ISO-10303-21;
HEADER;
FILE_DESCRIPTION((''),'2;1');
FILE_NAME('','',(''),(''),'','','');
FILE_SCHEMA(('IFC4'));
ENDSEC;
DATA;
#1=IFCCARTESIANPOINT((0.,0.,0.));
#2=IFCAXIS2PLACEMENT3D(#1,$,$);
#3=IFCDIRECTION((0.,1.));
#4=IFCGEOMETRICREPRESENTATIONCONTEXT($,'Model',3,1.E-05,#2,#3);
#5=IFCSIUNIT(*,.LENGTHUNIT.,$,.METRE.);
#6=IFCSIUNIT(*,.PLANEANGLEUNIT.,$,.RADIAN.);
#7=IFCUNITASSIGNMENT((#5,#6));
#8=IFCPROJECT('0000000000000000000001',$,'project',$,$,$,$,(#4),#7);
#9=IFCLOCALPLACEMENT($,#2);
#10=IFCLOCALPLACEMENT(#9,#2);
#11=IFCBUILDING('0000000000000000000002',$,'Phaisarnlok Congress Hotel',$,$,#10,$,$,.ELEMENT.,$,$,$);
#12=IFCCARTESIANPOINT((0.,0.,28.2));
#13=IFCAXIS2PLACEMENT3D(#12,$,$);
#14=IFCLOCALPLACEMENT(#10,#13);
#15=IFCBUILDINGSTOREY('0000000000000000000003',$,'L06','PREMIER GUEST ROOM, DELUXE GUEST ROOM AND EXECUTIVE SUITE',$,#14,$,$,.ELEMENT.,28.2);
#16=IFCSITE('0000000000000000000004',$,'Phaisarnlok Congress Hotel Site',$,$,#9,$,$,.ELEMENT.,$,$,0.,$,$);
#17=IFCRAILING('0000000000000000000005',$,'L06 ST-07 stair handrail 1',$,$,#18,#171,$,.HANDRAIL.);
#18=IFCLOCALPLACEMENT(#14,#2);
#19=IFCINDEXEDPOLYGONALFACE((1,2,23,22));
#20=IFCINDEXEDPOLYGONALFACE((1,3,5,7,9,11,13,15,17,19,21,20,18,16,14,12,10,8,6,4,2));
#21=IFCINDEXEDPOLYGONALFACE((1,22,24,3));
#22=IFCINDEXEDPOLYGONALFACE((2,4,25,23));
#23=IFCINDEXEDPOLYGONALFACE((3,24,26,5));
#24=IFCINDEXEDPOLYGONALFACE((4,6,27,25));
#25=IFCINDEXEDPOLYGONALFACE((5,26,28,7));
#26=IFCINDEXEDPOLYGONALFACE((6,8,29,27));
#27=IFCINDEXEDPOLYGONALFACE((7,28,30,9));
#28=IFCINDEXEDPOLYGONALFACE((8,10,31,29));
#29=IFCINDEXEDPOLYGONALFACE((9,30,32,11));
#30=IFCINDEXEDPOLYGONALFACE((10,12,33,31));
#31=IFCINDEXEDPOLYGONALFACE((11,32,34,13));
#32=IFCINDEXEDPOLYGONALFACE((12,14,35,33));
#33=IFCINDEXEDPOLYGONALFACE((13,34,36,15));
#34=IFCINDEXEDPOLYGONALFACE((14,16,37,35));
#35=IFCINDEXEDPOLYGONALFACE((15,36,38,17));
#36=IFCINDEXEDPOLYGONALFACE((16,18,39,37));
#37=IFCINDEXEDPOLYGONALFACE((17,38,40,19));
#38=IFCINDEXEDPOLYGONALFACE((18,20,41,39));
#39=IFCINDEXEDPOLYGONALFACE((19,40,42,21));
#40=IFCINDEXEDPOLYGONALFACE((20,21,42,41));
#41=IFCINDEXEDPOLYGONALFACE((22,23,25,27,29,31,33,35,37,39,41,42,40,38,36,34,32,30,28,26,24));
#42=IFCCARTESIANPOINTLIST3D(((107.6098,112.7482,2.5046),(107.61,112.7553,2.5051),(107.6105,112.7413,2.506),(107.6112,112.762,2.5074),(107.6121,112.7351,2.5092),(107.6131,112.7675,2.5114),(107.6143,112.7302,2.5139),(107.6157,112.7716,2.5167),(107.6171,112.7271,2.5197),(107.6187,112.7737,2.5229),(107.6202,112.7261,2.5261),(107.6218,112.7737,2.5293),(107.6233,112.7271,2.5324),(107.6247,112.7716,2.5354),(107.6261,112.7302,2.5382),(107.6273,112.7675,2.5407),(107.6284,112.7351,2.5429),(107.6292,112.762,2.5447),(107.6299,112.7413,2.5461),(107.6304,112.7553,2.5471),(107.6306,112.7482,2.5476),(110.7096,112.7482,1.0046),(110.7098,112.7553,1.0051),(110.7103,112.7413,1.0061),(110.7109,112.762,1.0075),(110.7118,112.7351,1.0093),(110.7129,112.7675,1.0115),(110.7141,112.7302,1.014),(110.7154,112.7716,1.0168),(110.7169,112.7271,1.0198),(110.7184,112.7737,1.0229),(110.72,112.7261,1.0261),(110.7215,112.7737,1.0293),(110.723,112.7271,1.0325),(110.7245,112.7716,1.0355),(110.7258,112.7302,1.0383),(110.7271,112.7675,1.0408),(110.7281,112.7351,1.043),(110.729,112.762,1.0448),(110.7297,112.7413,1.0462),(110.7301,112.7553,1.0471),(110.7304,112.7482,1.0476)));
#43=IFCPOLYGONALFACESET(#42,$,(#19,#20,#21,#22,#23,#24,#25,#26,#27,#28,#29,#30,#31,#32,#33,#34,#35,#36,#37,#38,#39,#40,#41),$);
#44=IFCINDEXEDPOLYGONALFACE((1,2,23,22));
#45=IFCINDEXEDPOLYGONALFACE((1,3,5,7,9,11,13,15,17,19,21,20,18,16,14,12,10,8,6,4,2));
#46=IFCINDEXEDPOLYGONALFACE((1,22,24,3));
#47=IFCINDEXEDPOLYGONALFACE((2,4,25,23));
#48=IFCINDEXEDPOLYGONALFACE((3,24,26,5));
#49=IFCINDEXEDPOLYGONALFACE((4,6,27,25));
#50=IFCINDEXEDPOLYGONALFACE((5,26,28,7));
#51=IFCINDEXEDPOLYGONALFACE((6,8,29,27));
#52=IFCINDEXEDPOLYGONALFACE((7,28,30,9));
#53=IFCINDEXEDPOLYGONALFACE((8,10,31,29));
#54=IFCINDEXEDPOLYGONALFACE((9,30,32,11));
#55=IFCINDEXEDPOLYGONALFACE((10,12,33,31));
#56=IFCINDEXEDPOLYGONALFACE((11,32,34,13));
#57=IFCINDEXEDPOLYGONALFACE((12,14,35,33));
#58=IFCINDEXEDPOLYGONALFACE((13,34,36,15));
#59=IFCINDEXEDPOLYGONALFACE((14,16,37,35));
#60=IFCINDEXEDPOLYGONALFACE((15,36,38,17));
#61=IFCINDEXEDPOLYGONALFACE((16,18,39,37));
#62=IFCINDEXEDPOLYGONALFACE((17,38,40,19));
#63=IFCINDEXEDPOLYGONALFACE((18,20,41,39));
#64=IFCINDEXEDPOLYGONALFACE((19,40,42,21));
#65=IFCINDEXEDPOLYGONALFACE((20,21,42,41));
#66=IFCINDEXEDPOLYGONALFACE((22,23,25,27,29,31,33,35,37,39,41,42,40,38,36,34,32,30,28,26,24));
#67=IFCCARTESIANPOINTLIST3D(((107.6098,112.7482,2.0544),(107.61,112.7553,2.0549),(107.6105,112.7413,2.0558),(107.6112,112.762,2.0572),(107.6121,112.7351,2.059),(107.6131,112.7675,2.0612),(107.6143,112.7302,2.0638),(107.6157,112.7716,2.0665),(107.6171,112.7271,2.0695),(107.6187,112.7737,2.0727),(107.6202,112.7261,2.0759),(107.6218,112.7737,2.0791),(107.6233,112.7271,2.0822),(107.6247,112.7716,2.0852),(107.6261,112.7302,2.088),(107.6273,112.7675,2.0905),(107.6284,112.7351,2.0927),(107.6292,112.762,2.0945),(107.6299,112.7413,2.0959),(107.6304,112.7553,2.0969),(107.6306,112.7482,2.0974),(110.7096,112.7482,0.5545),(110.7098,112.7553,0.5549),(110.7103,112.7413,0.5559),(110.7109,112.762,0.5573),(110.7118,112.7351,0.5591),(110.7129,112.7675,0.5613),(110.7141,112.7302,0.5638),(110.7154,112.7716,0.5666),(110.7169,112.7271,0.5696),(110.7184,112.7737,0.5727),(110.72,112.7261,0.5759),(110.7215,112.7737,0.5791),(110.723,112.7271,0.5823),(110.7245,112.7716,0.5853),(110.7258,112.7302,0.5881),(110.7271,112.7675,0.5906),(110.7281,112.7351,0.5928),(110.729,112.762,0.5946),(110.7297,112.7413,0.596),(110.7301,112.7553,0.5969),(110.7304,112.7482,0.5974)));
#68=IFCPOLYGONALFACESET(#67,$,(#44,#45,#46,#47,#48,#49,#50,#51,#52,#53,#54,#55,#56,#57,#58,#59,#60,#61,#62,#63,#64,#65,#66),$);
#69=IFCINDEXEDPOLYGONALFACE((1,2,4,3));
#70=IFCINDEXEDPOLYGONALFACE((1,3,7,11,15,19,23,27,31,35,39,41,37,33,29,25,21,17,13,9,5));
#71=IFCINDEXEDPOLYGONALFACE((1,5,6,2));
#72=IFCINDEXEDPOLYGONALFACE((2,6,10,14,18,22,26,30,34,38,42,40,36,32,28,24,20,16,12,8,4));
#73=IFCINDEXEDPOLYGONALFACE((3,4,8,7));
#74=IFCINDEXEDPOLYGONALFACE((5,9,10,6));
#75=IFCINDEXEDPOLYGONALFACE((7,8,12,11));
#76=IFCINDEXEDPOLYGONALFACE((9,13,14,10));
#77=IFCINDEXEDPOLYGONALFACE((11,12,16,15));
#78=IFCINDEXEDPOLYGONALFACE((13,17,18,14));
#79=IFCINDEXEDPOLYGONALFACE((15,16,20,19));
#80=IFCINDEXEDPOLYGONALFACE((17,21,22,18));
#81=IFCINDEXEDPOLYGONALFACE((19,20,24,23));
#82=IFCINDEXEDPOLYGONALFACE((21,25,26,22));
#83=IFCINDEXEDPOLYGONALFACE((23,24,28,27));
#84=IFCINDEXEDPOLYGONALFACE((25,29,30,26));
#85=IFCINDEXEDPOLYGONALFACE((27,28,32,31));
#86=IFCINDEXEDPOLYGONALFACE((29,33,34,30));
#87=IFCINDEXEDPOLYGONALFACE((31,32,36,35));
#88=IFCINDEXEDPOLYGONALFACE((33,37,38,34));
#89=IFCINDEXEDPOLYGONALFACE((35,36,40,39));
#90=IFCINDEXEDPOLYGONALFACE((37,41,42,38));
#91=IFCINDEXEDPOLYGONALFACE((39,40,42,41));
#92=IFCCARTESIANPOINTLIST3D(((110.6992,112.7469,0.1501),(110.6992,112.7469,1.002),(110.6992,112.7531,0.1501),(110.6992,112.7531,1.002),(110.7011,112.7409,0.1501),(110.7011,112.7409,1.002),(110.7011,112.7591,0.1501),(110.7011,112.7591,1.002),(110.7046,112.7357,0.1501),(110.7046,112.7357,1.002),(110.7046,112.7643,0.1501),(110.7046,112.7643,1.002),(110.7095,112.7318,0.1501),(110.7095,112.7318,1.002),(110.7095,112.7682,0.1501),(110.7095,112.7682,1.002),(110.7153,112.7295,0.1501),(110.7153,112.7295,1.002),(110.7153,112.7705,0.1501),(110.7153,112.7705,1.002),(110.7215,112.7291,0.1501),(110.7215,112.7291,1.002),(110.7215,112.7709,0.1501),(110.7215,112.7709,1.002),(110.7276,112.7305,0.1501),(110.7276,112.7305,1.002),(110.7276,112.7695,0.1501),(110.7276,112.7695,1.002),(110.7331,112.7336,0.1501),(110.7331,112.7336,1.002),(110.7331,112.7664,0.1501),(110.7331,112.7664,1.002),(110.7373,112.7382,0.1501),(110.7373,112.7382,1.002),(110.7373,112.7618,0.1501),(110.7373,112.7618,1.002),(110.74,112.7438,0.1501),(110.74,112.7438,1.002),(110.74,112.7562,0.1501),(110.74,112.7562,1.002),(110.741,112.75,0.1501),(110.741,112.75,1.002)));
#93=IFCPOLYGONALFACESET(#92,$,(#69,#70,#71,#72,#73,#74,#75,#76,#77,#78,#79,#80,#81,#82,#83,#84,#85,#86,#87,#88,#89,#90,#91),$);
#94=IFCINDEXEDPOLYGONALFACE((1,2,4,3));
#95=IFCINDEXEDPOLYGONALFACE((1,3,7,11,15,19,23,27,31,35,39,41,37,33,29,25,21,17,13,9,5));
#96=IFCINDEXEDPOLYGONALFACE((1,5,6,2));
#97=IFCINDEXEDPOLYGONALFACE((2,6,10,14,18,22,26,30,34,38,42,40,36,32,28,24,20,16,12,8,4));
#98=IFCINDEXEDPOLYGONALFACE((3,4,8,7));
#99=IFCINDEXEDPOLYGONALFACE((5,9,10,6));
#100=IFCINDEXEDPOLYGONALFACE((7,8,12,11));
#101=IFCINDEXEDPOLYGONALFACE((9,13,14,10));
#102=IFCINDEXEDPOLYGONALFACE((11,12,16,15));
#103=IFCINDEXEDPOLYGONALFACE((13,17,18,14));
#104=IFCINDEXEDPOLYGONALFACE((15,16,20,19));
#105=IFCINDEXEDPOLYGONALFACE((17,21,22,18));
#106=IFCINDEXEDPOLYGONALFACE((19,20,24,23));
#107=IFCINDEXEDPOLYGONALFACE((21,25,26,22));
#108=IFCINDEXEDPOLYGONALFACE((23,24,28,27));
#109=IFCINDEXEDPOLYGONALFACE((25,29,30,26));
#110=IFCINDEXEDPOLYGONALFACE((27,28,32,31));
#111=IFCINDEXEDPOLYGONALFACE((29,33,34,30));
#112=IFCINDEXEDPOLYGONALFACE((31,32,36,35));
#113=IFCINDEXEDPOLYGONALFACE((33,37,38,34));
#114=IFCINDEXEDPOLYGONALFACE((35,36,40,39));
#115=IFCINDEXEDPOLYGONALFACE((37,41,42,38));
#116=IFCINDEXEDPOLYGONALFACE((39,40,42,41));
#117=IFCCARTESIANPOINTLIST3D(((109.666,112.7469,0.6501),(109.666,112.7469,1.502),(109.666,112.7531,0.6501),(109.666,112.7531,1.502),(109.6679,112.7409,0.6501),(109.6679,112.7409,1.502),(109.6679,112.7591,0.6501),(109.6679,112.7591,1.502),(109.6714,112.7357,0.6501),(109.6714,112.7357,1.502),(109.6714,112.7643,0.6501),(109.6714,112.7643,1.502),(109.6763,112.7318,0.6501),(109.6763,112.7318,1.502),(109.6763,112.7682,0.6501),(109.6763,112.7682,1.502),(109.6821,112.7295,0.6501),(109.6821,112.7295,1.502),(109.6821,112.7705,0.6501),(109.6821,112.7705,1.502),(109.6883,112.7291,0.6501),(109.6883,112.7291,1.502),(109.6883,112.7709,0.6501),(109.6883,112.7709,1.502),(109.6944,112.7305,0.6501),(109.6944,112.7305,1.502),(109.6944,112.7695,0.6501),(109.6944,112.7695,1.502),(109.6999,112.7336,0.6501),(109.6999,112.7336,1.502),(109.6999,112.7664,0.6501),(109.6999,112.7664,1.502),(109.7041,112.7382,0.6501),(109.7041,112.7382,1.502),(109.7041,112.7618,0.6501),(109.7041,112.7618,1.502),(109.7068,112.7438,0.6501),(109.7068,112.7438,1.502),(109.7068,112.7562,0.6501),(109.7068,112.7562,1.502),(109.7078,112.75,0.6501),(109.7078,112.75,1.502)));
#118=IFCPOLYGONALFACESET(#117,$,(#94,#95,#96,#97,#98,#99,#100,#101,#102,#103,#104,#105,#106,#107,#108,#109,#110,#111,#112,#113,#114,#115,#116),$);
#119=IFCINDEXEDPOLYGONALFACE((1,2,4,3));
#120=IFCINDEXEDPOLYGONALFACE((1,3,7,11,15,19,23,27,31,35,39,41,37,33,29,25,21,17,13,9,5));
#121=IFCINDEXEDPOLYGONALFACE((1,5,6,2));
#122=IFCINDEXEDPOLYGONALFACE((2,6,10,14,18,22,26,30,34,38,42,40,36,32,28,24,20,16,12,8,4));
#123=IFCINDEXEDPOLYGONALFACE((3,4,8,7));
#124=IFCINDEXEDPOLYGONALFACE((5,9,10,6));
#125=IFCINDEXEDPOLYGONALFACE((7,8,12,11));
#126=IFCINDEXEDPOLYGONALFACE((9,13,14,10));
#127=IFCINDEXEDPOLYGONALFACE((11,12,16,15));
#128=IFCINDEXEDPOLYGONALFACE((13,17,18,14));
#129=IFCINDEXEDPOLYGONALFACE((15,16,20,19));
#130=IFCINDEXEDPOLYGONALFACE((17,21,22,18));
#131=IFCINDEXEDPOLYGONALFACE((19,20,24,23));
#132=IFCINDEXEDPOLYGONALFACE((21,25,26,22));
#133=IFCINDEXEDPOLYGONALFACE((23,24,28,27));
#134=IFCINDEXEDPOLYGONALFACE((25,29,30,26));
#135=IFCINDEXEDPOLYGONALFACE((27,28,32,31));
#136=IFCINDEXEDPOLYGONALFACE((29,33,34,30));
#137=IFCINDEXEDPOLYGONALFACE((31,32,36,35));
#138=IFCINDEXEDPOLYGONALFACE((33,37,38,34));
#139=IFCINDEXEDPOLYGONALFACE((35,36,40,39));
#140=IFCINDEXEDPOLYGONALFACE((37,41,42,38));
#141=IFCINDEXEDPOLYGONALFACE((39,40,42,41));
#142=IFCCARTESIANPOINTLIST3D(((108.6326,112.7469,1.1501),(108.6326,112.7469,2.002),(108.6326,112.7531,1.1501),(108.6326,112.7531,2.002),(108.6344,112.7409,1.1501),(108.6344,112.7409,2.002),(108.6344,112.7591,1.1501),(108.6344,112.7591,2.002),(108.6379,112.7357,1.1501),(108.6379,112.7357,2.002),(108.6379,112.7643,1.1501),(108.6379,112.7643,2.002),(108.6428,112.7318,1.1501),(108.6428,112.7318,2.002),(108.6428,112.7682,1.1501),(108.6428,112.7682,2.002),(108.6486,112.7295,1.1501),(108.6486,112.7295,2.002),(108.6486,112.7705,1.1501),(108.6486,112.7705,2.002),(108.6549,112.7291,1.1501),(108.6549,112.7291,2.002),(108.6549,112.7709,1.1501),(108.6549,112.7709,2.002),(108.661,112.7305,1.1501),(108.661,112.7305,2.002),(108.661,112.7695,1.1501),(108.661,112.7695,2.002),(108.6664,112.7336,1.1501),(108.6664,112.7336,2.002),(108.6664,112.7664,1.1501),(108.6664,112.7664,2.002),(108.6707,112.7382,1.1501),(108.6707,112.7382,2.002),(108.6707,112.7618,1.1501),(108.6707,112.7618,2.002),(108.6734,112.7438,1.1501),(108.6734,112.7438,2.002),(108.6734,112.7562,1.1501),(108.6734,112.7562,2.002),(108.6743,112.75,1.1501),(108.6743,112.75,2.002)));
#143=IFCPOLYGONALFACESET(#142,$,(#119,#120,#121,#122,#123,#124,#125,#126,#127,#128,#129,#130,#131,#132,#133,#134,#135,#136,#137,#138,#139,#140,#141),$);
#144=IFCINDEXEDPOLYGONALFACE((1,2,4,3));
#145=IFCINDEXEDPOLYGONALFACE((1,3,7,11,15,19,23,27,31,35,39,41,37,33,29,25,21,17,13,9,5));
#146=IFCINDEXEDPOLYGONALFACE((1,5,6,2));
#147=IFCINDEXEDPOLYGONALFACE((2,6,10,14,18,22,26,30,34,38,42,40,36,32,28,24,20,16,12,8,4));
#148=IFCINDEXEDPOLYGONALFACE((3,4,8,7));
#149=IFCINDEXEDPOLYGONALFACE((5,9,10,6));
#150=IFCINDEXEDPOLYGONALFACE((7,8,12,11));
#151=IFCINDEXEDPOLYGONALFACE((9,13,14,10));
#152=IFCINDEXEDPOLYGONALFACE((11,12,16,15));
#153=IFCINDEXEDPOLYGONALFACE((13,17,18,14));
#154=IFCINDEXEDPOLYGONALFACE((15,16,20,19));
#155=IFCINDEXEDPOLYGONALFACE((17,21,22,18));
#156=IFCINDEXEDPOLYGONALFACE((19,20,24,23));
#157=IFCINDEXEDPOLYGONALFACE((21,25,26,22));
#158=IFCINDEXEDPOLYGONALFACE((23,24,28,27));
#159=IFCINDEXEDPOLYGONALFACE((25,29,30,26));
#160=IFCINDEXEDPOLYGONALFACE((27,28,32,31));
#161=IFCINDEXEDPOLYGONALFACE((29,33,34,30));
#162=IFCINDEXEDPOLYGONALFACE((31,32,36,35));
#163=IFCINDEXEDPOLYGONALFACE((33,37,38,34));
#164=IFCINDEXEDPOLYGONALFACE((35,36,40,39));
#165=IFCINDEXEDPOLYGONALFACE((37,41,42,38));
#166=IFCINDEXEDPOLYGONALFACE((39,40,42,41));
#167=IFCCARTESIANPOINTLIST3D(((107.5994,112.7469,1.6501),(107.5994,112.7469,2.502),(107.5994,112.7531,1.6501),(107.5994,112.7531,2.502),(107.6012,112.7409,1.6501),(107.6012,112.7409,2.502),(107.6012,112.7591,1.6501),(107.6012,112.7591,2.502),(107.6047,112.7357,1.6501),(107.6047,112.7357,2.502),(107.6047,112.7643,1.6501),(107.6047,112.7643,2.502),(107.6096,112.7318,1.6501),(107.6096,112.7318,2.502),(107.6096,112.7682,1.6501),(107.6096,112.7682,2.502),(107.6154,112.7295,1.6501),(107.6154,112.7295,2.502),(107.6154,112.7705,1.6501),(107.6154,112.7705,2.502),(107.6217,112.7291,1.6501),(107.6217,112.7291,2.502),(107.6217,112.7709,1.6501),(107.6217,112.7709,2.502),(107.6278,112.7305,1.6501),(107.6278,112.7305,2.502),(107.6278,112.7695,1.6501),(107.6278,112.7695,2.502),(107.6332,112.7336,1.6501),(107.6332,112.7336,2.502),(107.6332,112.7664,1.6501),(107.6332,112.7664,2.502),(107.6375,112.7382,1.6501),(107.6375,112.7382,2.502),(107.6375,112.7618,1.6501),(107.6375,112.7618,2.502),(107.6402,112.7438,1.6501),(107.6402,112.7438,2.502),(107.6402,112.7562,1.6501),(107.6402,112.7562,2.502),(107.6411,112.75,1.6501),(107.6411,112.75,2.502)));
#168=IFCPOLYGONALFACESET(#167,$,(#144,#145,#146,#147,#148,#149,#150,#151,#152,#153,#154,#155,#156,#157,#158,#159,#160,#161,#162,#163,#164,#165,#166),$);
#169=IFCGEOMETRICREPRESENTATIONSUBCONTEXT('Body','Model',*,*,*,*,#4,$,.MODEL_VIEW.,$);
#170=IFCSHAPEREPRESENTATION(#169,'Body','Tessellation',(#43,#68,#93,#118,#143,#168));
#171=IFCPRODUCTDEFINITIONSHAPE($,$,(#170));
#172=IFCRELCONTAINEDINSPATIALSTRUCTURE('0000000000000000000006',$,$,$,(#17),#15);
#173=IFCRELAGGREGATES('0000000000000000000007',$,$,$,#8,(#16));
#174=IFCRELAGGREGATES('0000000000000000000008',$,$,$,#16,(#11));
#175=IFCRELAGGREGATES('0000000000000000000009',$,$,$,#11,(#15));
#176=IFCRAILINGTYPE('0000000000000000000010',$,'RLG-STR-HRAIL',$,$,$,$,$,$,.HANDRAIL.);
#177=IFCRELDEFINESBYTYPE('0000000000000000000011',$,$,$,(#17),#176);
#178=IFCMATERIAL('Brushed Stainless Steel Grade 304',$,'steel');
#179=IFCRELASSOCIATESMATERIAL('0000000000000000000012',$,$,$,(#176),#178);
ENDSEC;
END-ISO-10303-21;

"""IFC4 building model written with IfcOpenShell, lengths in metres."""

from ifc_helpers import new_model, si_unit, direction, frame, origin, origin_2d, place, context, subcontext, project, spatial, circle, extrude, material, type_object, element, save


model = new_model("IFC4")

# Units and contexts
model_context = context("Model", 3, precision=1e-05, world=origin(), true_north=direction((0.0, 1.0)))
body_context = subcontext(model_context, "Body", "Model", "MODEL_VIEW")
ifc_project = project(units=[si_unit("LENGTHUNIT", "METRE"), si_unit("PLANEANGLEUNIT", "RADIAN")], contexts=[model_context])

# Site, building, storey
site_placement = place(None, origin())
site = spatial("IfcSite", under=ifc_project, at=site_placement, Name="Phaisarnlok Congress Hotel Site", CompositionType="ELEMENT", RefElevation=0.0)
building_placement = place(site_placement, origin())
building = spatial("IfcBuilding", under=site, at=building_placement, Name="Phaisarnlok Congress Hotel", CompositionType="ELEMENT")
storey_placement = place(building_placement, frame((0.0, 0.0, 28.2)))
storey = spatial("IfcBuildingStorey", under=building, at=storey_placement, Name="L06", Description="PREMIER GUEST ROOM, DELUXE GUEST ROOM AND EXECUTIVE SUITE", CompositionType="ELEMENT", Elevation=28.2)

# Shared definitions
ifc_material_1 = material(Name="Brushed Stainless Steel Grade 304", Category="steel")

# Railing
railing_type_1 = type_object("IfcRailingType", Name="RLG-STR-HRAIL", PredefinedType="HANDRAIL", material=ifc_material_1)
railing_1_placement = place(storey_placement, frame((110.72, 112.75, 0.1501)))
element("IfcRailing", 1, at=railing_1_placement, inside=storey, type_object=railing_type_1, Name="L06 ST-07 stair handrail 1", PredefinedType="HANDRAIL", context=body_context, shape_type="SweptSolid", body=[
    extrude(circle(Radius=0.0239, at=origin_2d()), frame((0.0, 0.0, 0.876), z_axis=(-0.900151, 0.0, 0.435578), x_axis=(0.0, -1.0, 0.0)), (0.0, 0.0, 1.0), 3.4436),
    extrude(circle(Radius=0.0239, at=origin_2d()), frame((0.0, 0.0, 0.4258), z_axis=(-0.900151, 0.0, 0.435578), x_axis=(0.0, -1.0, 0.0)), (0.0, 0.0, 1.0), 3.4436),
    extrude(circle(Radius=0.021, at=origin_2d()), origin(), (0.0, 0.0, 1.0), 0.8518),
    extrude(circle(Radius=0.021, at=origin_2d()), frame((-1.0332, 0.0, 0.5)), (0.0, 0.0, 1.0), 0.8518),
    extrude(circle(Radius=0.021, at=origin_2d()), frame((-2.0667, 0.0, 1.0)), (0.0, 0.0, 1.0), 0.8518),
    extrude(circle(Radius=0.021, at=origin_2d()), frame((-3.0999, 0.0, 1.5)), (0.0, 0.0, 1.0), 0.8518),
])

save(model, "model.ifc")
